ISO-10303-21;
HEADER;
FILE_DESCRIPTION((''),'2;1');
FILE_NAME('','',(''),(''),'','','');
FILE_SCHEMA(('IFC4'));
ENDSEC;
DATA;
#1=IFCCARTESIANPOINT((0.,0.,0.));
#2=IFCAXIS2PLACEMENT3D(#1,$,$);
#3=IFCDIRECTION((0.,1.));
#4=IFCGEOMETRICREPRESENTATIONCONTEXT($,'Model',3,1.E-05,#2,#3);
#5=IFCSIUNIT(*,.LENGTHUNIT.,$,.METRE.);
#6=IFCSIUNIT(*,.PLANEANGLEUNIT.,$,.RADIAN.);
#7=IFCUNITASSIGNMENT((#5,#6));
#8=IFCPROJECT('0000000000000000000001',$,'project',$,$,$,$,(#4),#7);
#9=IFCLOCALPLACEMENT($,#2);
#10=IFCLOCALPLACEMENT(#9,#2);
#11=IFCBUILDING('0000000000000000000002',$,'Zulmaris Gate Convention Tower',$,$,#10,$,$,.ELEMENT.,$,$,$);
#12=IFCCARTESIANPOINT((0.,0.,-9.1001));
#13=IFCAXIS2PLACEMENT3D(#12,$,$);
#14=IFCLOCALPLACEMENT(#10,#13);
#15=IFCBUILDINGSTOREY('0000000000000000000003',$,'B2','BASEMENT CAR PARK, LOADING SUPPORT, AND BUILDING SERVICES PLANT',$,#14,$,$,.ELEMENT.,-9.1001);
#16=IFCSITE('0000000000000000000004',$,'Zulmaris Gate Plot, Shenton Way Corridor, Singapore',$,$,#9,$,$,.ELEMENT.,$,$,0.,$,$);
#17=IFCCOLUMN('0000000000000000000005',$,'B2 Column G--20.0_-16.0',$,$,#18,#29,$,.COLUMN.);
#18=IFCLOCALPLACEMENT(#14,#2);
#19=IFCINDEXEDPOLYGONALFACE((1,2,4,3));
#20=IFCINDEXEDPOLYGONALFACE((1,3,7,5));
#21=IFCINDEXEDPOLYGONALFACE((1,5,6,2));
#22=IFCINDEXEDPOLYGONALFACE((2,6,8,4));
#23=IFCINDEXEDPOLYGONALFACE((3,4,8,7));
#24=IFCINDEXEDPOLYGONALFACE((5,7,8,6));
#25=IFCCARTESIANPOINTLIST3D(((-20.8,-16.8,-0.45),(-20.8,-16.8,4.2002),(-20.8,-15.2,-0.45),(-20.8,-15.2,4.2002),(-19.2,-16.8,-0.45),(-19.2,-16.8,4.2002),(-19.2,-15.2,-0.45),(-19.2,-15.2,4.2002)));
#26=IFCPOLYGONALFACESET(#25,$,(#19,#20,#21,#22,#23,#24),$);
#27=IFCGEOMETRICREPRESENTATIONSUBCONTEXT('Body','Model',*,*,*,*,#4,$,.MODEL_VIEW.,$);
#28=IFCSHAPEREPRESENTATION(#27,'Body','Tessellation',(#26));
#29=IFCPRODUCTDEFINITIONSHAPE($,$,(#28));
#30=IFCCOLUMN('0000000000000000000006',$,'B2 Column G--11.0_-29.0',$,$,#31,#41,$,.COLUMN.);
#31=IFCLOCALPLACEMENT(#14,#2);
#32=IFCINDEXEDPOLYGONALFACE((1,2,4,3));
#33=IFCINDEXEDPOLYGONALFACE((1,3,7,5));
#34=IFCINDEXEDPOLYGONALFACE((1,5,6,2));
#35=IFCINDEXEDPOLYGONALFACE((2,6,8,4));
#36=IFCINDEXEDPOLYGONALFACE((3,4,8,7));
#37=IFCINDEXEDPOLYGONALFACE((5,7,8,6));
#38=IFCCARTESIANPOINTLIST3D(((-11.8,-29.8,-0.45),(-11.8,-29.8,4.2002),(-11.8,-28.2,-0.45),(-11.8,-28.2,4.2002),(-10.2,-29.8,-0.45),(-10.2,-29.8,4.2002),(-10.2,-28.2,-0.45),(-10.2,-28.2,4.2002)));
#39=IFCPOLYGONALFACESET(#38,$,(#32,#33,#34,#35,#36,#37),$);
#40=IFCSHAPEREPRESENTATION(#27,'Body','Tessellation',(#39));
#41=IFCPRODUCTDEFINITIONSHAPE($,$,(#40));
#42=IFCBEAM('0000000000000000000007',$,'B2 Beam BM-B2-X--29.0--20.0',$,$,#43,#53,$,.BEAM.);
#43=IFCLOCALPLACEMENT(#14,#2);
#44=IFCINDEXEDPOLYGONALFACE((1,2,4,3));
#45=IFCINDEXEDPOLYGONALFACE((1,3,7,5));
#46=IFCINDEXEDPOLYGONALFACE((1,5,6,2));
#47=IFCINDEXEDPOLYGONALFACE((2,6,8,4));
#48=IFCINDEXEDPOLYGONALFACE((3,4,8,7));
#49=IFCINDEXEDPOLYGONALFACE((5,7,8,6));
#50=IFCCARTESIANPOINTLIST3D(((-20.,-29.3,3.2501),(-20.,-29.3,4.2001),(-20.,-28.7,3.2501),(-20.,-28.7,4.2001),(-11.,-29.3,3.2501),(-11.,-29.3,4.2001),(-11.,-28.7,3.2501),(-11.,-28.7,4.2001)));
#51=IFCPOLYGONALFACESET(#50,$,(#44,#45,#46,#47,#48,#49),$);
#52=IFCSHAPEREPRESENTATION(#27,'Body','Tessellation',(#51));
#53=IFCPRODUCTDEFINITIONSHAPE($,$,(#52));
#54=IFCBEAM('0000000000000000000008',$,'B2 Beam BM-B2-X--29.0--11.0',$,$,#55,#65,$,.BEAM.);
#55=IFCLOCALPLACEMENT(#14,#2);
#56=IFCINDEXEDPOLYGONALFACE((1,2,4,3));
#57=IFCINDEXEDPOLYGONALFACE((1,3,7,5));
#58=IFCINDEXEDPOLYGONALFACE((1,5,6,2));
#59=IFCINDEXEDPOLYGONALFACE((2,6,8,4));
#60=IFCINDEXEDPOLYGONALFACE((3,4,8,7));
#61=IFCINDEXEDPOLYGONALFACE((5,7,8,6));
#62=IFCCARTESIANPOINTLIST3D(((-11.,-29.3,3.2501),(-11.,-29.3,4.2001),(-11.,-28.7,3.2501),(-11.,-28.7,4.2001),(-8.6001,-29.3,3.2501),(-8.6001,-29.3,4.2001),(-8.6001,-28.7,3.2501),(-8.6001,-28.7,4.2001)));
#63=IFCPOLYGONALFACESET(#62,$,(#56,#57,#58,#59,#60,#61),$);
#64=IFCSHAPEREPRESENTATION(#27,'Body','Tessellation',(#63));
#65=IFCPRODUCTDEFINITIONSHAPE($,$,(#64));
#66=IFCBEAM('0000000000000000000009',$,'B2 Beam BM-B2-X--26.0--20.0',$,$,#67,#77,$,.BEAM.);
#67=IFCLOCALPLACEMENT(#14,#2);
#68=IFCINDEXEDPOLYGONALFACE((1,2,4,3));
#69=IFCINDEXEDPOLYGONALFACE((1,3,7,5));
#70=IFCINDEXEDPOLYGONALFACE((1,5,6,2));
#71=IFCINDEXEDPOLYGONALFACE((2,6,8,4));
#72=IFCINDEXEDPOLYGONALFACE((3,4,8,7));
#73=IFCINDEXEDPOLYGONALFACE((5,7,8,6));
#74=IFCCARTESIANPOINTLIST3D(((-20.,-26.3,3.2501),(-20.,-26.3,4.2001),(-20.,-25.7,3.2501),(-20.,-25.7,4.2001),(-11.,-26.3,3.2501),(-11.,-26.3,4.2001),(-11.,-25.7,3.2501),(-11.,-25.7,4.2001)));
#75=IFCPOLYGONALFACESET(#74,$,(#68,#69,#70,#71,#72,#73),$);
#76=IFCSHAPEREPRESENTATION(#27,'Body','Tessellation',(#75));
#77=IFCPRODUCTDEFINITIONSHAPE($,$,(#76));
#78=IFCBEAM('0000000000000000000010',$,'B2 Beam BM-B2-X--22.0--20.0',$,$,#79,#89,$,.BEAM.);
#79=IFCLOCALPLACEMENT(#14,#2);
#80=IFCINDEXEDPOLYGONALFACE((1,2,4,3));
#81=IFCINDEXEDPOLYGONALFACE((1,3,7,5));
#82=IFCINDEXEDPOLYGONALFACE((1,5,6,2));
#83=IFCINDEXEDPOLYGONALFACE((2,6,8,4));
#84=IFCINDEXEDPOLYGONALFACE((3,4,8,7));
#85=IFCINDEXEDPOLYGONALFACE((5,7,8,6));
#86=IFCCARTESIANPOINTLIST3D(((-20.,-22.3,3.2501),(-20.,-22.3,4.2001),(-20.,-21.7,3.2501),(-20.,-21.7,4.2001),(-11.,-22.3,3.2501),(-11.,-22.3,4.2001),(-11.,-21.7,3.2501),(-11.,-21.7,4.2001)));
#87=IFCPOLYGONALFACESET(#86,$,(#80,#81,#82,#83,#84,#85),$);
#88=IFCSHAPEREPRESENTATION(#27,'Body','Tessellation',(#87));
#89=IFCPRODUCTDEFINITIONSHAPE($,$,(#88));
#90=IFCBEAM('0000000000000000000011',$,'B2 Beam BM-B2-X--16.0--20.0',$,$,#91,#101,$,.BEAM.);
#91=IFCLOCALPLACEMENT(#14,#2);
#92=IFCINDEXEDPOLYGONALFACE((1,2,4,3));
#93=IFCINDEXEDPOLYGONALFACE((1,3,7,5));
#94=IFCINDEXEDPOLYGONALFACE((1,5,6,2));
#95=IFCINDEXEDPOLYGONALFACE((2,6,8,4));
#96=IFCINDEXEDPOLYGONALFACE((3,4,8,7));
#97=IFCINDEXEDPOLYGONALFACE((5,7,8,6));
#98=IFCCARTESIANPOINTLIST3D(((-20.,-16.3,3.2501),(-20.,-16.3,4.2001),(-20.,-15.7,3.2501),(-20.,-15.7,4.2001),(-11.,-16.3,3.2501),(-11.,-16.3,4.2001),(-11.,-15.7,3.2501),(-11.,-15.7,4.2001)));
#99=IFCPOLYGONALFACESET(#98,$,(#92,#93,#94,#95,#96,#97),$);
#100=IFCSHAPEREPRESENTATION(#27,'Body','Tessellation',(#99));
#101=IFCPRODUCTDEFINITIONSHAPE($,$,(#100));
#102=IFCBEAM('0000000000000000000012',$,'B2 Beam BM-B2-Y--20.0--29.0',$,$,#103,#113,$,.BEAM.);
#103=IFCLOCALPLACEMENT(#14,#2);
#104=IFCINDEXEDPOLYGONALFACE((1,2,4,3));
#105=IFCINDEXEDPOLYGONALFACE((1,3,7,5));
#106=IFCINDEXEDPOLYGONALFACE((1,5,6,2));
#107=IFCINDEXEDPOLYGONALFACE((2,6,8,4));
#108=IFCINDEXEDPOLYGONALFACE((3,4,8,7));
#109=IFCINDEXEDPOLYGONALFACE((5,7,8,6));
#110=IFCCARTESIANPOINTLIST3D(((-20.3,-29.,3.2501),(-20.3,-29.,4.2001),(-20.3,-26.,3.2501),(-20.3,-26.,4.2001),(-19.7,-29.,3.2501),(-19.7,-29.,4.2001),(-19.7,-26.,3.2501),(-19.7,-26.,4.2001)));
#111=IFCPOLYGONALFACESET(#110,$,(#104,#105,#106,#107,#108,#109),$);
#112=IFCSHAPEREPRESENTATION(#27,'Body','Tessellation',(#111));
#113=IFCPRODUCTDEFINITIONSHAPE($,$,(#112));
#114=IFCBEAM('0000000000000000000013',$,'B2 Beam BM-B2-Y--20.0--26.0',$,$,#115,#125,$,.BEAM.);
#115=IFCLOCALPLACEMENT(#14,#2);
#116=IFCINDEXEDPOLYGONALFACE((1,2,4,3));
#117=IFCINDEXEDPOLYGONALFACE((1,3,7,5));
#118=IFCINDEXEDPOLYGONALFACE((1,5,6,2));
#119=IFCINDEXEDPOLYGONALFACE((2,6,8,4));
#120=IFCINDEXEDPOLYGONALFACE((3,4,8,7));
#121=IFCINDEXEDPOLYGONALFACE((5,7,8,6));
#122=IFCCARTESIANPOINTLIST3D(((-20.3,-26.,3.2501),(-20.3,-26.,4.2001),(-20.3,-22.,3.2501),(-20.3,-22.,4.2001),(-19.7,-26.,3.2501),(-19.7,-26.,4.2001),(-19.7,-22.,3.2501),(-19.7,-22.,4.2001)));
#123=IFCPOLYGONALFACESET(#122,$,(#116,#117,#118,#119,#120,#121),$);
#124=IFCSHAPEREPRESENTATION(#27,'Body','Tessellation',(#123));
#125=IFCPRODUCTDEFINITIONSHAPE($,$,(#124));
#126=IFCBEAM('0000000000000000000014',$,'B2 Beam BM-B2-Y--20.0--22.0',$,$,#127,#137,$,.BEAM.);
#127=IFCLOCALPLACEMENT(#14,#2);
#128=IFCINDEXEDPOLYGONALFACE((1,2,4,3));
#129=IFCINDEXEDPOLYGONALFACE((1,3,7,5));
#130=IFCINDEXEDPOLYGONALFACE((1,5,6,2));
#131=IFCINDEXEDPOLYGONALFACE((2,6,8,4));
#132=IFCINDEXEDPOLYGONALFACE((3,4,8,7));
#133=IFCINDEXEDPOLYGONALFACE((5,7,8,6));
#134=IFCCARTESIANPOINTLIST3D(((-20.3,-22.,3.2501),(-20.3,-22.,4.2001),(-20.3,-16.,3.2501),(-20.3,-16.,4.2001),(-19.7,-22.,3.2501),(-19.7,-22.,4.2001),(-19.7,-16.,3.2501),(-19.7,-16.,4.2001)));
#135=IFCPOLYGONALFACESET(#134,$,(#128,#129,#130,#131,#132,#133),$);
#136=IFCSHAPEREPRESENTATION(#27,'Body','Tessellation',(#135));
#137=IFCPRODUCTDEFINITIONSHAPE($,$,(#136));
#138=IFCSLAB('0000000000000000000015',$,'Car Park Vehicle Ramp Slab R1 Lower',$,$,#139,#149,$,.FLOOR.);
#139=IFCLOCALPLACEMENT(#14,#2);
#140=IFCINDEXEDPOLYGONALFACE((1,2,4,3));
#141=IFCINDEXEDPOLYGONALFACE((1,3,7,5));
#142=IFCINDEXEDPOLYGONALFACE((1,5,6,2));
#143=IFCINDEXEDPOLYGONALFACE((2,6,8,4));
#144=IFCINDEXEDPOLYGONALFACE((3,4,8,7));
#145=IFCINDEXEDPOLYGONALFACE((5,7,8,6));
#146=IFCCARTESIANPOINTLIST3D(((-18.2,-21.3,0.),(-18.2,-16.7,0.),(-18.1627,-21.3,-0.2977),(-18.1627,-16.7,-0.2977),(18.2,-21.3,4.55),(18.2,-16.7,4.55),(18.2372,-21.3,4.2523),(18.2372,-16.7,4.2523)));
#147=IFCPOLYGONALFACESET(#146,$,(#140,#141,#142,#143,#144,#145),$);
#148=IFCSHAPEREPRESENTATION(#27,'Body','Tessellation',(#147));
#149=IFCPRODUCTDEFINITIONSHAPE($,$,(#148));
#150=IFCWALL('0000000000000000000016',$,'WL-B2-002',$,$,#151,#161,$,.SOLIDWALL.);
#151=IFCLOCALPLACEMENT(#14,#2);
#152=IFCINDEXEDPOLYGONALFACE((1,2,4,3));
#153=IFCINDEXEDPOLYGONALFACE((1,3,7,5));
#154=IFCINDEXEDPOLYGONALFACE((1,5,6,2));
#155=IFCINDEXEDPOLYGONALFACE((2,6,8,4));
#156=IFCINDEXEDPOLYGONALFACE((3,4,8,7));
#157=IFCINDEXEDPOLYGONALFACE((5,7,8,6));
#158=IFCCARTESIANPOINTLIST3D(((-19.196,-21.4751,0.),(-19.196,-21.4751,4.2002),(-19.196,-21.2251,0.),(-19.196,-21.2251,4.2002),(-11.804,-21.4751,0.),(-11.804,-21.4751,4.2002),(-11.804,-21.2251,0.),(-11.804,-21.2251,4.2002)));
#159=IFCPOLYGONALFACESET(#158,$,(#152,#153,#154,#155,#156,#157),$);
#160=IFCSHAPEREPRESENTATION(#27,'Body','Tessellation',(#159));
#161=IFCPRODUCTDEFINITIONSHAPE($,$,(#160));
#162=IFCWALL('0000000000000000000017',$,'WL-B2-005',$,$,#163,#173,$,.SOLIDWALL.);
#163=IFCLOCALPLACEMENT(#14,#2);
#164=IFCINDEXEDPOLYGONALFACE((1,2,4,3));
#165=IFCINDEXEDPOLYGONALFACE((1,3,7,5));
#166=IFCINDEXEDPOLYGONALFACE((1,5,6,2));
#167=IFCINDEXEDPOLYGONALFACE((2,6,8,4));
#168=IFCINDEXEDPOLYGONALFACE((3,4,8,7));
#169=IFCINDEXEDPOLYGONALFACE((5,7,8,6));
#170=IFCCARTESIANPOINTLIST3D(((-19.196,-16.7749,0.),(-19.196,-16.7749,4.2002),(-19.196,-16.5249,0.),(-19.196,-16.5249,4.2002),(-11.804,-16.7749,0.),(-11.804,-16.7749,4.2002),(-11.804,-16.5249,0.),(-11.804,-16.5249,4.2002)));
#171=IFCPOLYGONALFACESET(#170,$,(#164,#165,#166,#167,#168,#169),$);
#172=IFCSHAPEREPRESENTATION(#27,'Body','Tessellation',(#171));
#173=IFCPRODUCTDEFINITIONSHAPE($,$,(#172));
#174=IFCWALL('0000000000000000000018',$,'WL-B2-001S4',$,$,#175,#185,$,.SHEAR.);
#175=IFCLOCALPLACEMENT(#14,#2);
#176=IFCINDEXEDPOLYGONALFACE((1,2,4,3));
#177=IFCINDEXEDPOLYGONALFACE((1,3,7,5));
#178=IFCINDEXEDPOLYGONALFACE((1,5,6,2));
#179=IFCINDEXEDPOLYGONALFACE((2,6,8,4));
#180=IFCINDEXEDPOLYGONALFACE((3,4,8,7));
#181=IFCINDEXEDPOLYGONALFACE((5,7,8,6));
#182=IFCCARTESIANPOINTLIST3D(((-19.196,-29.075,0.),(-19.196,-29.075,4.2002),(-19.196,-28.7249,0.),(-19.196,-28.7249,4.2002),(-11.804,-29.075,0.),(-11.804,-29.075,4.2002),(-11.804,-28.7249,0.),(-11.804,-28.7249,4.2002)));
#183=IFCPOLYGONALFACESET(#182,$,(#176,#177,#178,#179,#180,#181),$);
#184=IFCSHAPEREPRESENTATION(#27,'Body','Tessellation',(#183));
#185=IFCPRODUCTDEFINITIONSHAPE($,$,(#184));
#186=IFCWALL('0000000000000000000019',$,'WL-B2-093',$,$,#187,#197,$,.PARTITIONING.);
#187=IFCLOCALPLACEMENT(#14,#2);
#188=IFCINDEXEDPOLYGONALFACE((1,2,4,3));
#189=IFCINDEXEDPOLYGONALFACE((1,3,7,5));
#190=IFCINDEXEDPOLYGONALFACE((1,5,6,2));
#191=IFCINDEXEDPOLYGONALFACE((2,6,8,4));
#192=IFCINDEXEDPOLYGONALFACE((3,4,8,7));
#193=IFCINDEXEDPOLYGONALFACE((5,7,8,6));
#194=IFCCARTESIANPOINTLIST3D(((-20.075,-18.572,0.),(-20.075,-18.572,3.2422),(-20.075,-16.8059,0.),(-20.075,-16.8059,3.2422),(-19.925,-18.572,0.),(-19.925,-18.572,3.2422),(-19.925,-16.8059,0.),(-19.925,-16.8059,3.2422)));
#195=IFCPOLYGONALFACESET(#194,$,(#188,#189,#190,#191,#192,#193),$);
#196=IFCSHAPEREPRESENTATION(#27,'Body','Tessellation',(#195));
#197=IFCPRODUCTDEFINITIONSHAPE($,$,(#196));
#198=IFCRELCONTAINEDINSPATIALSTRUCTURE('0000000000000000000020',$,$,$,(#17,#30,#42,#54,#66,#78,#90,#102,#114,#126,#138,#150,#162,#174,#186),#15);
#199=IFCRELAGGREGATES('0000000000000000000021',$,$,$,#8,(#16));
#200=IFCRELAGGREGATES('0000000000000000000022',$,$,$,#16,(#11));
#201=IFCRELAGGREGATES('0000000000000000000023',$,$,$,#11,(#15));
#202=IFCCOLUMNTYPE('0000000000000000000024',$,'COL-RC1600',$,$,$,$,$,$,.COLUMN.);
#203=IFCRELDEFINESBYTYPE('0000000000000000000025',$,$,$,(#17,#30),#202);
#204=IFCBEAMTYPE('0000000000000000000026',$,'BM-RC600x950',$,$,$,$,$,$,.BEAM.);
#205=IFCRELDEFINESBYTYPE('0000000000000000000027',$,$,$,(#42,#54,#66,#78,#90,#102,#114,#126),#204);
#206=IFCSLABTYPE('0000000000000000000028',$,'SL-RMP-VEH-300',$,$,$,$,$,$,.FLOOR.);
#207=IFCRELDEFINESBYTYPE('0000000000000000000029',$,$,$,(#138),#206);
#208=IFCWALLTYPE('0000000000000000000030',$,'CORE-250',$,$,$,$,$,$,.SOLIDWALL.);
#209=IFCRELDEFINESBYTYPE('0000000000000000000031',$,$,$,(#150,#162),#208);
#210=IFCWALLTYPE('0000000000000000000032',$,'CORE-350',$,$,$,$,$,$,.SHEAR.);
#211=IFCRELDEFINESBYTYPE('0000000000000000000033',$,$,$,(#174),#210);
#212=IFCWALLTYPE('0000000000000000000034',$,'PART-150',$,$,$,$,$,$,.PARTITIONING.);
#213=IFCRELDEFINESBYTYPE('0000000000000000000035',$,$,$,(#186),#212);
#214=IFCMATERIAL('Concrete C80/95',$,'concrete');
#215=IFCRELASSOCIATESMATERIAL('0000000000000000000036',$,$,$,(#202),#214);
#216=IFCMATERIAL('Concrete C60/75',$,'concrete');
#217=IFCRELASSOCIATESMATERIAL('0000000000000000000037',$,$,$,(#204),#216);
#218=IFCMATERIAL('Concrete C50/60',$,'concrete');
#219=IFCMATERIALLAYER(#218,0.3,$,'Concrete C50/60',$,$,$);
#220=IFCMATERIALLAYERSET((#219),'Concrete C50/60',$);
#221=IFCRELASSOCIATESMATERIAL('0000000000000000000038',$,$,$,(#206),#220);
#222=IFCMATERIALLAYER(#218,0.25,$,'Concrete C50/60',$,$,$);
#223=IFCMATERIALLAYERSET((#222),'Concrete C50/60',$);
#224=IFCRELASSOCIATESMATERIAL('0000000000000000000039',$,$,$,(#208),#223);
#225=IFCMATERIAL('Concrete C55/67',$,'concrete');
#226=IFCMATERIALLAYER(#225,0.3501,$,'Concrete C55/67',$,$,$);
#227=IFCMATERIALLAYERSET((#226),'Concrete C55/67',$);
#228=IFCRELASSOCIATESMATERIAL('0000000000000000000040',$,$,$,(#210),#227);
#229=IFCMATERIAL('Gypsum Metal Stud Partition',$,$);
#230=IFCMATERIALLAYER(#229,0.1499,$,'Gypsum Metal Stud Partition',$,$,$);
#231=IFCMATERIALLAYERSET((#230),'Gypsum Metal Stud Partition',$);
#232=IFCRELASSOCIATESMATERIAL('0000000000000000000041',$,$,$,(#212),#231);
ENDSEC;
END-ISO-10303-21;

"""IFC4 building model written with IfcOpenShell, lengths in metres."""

from ifc_helpers import new_model, si_unit, direction, frame, frame_2d, origin, origin_2d, place, context, subcontext, project, spatial, polyline, rectangle, outline, extrude, material, layer, layer_set, material_profile, profile_set, type_object, element, save


model = new_model("IFC4")

# Units and contexts
model_context = context("Model", 3, precision=1e-05, world=origin(), true_north=direction((0.0, 1.0)))
body_context = subcontext(model_context, "Body", "Model", "MODEL_VIEW")
ifc_project = project(units=[si_unit("LENGTHUNIT", "METRE"), si_unit("PLANEANGLEUNIT", "RADIAN")], contexts=[model_context])

# Site, building, storey
site_placement = place(None, origin())
site = spatial("IfcSite", under=ifc_project, at=site_placement, Name="Zulmaris Gate Plot, Shenton Way Corridor, Singapore", CompositionType="ELEMENT", RefElevation=0.0)
building_placement = place(site_placement, origin())
building = spatial("IfcBuilding", under=site, at=building_placement, Name="Zulmaris Gate Convention Tower", CompositionType="ELEMENT")
storey_placement = place(building_placement, frame((0.0, 0.0, -9.1001)))
storey = spatial("IfcBuildingStorey", under=building, at=storey_placement, Name="B2", Description="BASEMENT CAR PARK, LOADING SUPPORT, AND BUILDING SERVICES PLANT", CompositionType="ELEMENT", Elevation=-9.1001)

# Shared definitions
ifc_material_1 = material(Name="Concrete C50/60", Category="concrete")

# Columns
ifc_material_2 = material(Name="Concrete C80/95", Category="concrete")
ifc_material_profile_1 = material_profile(ifc_material_2, rectangle(XDim=1.6001, YDim=1.6001, at=origin_2d()), Name="RC COL 1600x1600")
ifc_profile_set_1 = profile_set([ifc_material_profile_1], Name="Concrete C80/95")
column_type = type_object("IfcColumnType", Name="COL-RC1600", PredefinedType="COLUMN", material=ifc_profile_set_1)
for number, where, z_axis, x_axis, name in (
    (1, (-20.0, -16.0, -0.45), (0.0, 0.0, 1.0), (1.0, 0.0, 0.0), "B2 Column G--20.0_-16.0"),
    (2, (-11.0, -29.0, -0.45), (0.0, 0.0, 1.0), (1.0, 0.0, 0.0), "B2 Column G--11.0_-29.0"),
):
    element("IfcColumn", number, at=place(storey_placement, frame(where, z_axis=z_axis, x_axis=x_axis)), inside=storey, type_object=column_type, Name=name, PredefinedType="COLUMN", context=body_context, shape_type="SweptSolid", body=[
        extrude(rectangle(XDim=1.6001, YDim=1.6001, at=origin_2d()), origin(), (0.0, 0.0, 1.0), 4.6501),
    ])

# Beams
ifc_material_3 = material(Name="Concrete C60/75", Category="concrete")
ifc_material_profile_2 = material_profile(ifc_material_3, rectangle(XDim=0.6001, YDim=0.95, at=origin_2d()), Name="RC BEAM 600x950")
ifc_profile_set_2 = profile_set([ifc_material_profile_2], Name="Concrete C60/75")
beam_type = type_object("IfcBeamType", Name="BM-RC600x950", PredefinedType="BEAM", material=ifc_profile_set_2)
beam_1_placement = place(storey_placement, frame((-20.0, -29.0, 3.7251), z_axis=(1.0, 0.0, 0.0), x_axis=(0.0, 1.0, 0.0)))
element("IfcBeam", 3, at=beam_1_placement, inside=storey, type_object=beam_type, Name="B2 Beam BM-B2-X--29.0--20.0", PredefinedType="BEAM", context=body_context, shape_type="SweptSolid", body=[
    extrude(rectangle(XDim=0.6001, YDim=0.95, at=origin_2d()), origin(), (0.0, 0.0, 1.0), 9.0),
])
beam_2_placement = place(storey_placement, frame((-11.0, -29.0, 3.7251), z_axis=(1.0, 0.0, 0.0), x_axis=(0.0, 1.0, 0.0)))
element("IfcBeam", 4, at=beam_2_placement, inside=storey, type_object=beam_type, Name="B2 Beam BM-B2-X--29.0--11.0", PredefinedType="BEAM", context=body_context, shape_type="SweptSolid", body=[
    extrude(rectangle(XDim=0.6001, YDim=0.95, at=origin_2d()), origin(), (0.0, 0.0, 1.0), 2.3999),
])
for number, where, z_axis, x_axis, name in (
    (5, (-20.0, -26.0, 3.7251), (1.0, 0.0, 0.0), (0.0, 1.0, 0.0), "B2 Beam BM-B2-X--26.0--20.0"),
    (6, (-20.0, -22.0, 3.7251), (1.0, 0.0, 0.0), (0.0, 1.0, 0.0), "B2 Beam BM-B2-X--22.0--20.0"),
    (7, (-20.0, -16.0, 3.7251), (1.0, 0.0, 0.0), (0.0, 1.0, 0.0), "B2 Beam BM-B2-X--16.0--20.0"),
):
    element("IfcBeam", number, at=place(storey_placement, frame(where, z_axis=z_axis, x_axis=x_axis)), inside=storey, type_object=beam_type, Name=name, PredefinedType="BEAM", context=body_context, shape_type="SweptSolid", body=[
        extrude(rectangle(XDim=0.6001, YDim=0.95, at=origin_2d()), origin(), (0.0, 0.0, 1.0), 9.0),
    ])
beam_3_placement = place(storey_placement, frame((-20.0, -29.0, 3.7251), z_axis=(0.0, 1.0, 0.0), x_axis=(-1.0, 0.0, 0.0)))
element("IfcBeam", 8, at=beam_3_placement, inside=storey, type_object=beam_type, Name="B2 Beam BM-B2-Y--20.0--29.0", PredefinedType="BEAM", context=body_context, shape_type="SweptSolid", body=[
    extrude(rectangle(XDim=0.6001, YDim=0.95, at=origin_2d()), origin(), (0.0, 0.0, 1.0), 3.0),
])
beam_4_placement = place(storey_placement, frame((-20.0, -26.0, 3.7251), z_axis=(0.0, 1.0, 0.0), x_axis=(-1.0, 0.0, 0.0)))
element("IfcBeam", 9, at=beam_4_placement, inside=storey, type_object=beam_type, Name="B2 Beam BM-B2-Y--20.0--26.0", PredefinedType="BEAM", context=body_context, shape_type="SweptSolid", body=[
    extrude(rectangle(XDim=0.6001, YDim=0.95, at=origin_2d()), origin(), (0.0, 0.0, 1.0), 4.0),
])
beam_5_placement = place(storey_placement, frame((-20.0, -22.0, 3.7251), z_axis=(0.0, 1.0, 0.0), x_axis=(-1.0, 0.0, 0.0)))
element("IfcBeam", 10, at=beam_5_placement, inside=storey, type_object=beam_type, Name="B2 Beam BM-B2-Y--20.0--22.0", PredefinedType="BEAM", context=body_context, shape_type="SweptSolid", body=[
    extrude(rectangle(XDim=0.6001, YDim=0.95, at=origin_2d()), origin(), (0.0, 0.0, 1.0), 6.0),
])

# Slab
ifc_layer_1 = layer(ifc_material_1, 0.3, Name="Concrete C50/60")
ifc_layer_set_1 = layer_set([ifc_layer_1], Name="Concrete C50/60")
slab_type = type_object("IfcSlabType", Name="SL-RMP-VEH-300", PredefinedType="FLOOR", material=ifc_layer_set_1)
slab_placement = place(storey_placement, frame((-18.2, -21.3, 0.0), z_axis=(-0.124036, 0.0, 0.992278), x_axis=(0.992278, 0.0, 0.124036)))
element("IfcSlab", 11, at=slab_placement, inside=storey, type_object=slab_type, Name="Car Park Vehicle Ramp Slab R1 Lower", PredefinedType="FLOOR", context=body_context, shape_type="SweptSolid", body=[
    extrude(outline(polyline([(0.0, 0.0), (36.6832, 0.0), (36.6832, 4.6001), (0.0, 4.6001), (0.0, 0.0)])), origin(), (0.0, 0.0, -1.0), 0.3),
])

# Walls
ifc_layer_2 = layer(ifc_material_1, 0.25, Name="Concrete C50/60")
ifc_layer_set_2 = layer_set([ifc_layer_2], Name="Concrete C50/60")
wall_type_1 = type_object("IfcWallType", Name="CORE-250", PredefinedType="SOLIDWALL", material=ifc_layer_set_2)
for number, where, z_axis, x_axis, name in (
    (12, (-19.196, -21.3501, 0.0), (0.0, 0.0, 1.0), (1.0, 0.0, 0.0), "WL-B2-002"),
    (13, (-19.196, -16.6499, 0.0), (0.0, 0.0, 1.0), (1.0, 0.0, 0.0), "WL-B2-005"),
):
    element("IfcWall", number, at=place(storey_placement, frame(where, z_axis=z_axis, x_axis=x_axis)), inside=storey, type_object=wall_type_1, Name=name, PredefinedType="SOLIDWALL", context=body_context, shape_type="SweptSolid", body=[
        extrude(rectangle(XDim=7.3921, YDim=0.25, at=frame_2d((3.696, 0.0))), origin(), (0.0, 0.0, 1.0), 4.2002),
    ])
ifc_material_4 = material(Name="Concrete C55/67", Category="concrete")
ifc_layer_3 = layer(ifc_material_4, 0.3501, Name="Concrete C55/67")
ifc_layer_set_3 = layer_set([ifc_layer_3], Name="Concrete C55/67")
wall_type_2 = type_object("IfcWallType", Name="CORE-350", PredefinedType="SHEAR", material=ifc_layer_set_3)
wall_1_placement = place(storey_placement, frame((-19.196, -28.8999, 0.0), z_axis=(0.0, 0.0, 1.0), x_axis=(1.0, 0.0, 0.0)))
element("IfcWall", 14, at=wall_1_placement, inside=storey, type_object=wall_type_2, Name="WL-B2-001S4", PredefinedType="SHEAR", context=body_context, shape_type="SweptSolid", body=[
    extrude(rectangle(XDim=7.3921, YDim=0.3501, at=frame_2d((3.696, 0.0))), origin(), (0.0, 0.0, 1.0), 4.2002),
])
ifc_material_5 = material(Name="Gypsum Metal Stud Partition")
ifc_layer_4 = layer(ifc_material_5, 0.1499, Name="Gypsum Metal Stud Partition")
ifc_layer_set_4 = layer_set([ifc_layer_4], Name="Gypsum Metal Stud Partition")
wall_type_3 = type_object("IfcWallType", Name="PART-150", PredefinedType="PARTITIONING", material=ifc_layer_set_4)
wall_2_placement = place(storey_placement, frame((-20.0, -18.572, 0.0), z_axis=(0.0, 0.0, 1.0), x_axis=(0.0, 1.0, 0.0)))
element("IfcWall", 15, at=wall_2_placement, inside=storey, type_object=wall_type_3, Name="WL-B2-093", PredefinedType="PARTITIONING", context=body_context, shape_type="SweptSolid", body=[
    extrude(rectangle(XDim=1.7661, YDim=0.1499, at=frame_2d((0.8831, 0.0))), origin(), (0.0, 0.0, 1.0), 3.2422),
])

save(model, "model.ifc")
